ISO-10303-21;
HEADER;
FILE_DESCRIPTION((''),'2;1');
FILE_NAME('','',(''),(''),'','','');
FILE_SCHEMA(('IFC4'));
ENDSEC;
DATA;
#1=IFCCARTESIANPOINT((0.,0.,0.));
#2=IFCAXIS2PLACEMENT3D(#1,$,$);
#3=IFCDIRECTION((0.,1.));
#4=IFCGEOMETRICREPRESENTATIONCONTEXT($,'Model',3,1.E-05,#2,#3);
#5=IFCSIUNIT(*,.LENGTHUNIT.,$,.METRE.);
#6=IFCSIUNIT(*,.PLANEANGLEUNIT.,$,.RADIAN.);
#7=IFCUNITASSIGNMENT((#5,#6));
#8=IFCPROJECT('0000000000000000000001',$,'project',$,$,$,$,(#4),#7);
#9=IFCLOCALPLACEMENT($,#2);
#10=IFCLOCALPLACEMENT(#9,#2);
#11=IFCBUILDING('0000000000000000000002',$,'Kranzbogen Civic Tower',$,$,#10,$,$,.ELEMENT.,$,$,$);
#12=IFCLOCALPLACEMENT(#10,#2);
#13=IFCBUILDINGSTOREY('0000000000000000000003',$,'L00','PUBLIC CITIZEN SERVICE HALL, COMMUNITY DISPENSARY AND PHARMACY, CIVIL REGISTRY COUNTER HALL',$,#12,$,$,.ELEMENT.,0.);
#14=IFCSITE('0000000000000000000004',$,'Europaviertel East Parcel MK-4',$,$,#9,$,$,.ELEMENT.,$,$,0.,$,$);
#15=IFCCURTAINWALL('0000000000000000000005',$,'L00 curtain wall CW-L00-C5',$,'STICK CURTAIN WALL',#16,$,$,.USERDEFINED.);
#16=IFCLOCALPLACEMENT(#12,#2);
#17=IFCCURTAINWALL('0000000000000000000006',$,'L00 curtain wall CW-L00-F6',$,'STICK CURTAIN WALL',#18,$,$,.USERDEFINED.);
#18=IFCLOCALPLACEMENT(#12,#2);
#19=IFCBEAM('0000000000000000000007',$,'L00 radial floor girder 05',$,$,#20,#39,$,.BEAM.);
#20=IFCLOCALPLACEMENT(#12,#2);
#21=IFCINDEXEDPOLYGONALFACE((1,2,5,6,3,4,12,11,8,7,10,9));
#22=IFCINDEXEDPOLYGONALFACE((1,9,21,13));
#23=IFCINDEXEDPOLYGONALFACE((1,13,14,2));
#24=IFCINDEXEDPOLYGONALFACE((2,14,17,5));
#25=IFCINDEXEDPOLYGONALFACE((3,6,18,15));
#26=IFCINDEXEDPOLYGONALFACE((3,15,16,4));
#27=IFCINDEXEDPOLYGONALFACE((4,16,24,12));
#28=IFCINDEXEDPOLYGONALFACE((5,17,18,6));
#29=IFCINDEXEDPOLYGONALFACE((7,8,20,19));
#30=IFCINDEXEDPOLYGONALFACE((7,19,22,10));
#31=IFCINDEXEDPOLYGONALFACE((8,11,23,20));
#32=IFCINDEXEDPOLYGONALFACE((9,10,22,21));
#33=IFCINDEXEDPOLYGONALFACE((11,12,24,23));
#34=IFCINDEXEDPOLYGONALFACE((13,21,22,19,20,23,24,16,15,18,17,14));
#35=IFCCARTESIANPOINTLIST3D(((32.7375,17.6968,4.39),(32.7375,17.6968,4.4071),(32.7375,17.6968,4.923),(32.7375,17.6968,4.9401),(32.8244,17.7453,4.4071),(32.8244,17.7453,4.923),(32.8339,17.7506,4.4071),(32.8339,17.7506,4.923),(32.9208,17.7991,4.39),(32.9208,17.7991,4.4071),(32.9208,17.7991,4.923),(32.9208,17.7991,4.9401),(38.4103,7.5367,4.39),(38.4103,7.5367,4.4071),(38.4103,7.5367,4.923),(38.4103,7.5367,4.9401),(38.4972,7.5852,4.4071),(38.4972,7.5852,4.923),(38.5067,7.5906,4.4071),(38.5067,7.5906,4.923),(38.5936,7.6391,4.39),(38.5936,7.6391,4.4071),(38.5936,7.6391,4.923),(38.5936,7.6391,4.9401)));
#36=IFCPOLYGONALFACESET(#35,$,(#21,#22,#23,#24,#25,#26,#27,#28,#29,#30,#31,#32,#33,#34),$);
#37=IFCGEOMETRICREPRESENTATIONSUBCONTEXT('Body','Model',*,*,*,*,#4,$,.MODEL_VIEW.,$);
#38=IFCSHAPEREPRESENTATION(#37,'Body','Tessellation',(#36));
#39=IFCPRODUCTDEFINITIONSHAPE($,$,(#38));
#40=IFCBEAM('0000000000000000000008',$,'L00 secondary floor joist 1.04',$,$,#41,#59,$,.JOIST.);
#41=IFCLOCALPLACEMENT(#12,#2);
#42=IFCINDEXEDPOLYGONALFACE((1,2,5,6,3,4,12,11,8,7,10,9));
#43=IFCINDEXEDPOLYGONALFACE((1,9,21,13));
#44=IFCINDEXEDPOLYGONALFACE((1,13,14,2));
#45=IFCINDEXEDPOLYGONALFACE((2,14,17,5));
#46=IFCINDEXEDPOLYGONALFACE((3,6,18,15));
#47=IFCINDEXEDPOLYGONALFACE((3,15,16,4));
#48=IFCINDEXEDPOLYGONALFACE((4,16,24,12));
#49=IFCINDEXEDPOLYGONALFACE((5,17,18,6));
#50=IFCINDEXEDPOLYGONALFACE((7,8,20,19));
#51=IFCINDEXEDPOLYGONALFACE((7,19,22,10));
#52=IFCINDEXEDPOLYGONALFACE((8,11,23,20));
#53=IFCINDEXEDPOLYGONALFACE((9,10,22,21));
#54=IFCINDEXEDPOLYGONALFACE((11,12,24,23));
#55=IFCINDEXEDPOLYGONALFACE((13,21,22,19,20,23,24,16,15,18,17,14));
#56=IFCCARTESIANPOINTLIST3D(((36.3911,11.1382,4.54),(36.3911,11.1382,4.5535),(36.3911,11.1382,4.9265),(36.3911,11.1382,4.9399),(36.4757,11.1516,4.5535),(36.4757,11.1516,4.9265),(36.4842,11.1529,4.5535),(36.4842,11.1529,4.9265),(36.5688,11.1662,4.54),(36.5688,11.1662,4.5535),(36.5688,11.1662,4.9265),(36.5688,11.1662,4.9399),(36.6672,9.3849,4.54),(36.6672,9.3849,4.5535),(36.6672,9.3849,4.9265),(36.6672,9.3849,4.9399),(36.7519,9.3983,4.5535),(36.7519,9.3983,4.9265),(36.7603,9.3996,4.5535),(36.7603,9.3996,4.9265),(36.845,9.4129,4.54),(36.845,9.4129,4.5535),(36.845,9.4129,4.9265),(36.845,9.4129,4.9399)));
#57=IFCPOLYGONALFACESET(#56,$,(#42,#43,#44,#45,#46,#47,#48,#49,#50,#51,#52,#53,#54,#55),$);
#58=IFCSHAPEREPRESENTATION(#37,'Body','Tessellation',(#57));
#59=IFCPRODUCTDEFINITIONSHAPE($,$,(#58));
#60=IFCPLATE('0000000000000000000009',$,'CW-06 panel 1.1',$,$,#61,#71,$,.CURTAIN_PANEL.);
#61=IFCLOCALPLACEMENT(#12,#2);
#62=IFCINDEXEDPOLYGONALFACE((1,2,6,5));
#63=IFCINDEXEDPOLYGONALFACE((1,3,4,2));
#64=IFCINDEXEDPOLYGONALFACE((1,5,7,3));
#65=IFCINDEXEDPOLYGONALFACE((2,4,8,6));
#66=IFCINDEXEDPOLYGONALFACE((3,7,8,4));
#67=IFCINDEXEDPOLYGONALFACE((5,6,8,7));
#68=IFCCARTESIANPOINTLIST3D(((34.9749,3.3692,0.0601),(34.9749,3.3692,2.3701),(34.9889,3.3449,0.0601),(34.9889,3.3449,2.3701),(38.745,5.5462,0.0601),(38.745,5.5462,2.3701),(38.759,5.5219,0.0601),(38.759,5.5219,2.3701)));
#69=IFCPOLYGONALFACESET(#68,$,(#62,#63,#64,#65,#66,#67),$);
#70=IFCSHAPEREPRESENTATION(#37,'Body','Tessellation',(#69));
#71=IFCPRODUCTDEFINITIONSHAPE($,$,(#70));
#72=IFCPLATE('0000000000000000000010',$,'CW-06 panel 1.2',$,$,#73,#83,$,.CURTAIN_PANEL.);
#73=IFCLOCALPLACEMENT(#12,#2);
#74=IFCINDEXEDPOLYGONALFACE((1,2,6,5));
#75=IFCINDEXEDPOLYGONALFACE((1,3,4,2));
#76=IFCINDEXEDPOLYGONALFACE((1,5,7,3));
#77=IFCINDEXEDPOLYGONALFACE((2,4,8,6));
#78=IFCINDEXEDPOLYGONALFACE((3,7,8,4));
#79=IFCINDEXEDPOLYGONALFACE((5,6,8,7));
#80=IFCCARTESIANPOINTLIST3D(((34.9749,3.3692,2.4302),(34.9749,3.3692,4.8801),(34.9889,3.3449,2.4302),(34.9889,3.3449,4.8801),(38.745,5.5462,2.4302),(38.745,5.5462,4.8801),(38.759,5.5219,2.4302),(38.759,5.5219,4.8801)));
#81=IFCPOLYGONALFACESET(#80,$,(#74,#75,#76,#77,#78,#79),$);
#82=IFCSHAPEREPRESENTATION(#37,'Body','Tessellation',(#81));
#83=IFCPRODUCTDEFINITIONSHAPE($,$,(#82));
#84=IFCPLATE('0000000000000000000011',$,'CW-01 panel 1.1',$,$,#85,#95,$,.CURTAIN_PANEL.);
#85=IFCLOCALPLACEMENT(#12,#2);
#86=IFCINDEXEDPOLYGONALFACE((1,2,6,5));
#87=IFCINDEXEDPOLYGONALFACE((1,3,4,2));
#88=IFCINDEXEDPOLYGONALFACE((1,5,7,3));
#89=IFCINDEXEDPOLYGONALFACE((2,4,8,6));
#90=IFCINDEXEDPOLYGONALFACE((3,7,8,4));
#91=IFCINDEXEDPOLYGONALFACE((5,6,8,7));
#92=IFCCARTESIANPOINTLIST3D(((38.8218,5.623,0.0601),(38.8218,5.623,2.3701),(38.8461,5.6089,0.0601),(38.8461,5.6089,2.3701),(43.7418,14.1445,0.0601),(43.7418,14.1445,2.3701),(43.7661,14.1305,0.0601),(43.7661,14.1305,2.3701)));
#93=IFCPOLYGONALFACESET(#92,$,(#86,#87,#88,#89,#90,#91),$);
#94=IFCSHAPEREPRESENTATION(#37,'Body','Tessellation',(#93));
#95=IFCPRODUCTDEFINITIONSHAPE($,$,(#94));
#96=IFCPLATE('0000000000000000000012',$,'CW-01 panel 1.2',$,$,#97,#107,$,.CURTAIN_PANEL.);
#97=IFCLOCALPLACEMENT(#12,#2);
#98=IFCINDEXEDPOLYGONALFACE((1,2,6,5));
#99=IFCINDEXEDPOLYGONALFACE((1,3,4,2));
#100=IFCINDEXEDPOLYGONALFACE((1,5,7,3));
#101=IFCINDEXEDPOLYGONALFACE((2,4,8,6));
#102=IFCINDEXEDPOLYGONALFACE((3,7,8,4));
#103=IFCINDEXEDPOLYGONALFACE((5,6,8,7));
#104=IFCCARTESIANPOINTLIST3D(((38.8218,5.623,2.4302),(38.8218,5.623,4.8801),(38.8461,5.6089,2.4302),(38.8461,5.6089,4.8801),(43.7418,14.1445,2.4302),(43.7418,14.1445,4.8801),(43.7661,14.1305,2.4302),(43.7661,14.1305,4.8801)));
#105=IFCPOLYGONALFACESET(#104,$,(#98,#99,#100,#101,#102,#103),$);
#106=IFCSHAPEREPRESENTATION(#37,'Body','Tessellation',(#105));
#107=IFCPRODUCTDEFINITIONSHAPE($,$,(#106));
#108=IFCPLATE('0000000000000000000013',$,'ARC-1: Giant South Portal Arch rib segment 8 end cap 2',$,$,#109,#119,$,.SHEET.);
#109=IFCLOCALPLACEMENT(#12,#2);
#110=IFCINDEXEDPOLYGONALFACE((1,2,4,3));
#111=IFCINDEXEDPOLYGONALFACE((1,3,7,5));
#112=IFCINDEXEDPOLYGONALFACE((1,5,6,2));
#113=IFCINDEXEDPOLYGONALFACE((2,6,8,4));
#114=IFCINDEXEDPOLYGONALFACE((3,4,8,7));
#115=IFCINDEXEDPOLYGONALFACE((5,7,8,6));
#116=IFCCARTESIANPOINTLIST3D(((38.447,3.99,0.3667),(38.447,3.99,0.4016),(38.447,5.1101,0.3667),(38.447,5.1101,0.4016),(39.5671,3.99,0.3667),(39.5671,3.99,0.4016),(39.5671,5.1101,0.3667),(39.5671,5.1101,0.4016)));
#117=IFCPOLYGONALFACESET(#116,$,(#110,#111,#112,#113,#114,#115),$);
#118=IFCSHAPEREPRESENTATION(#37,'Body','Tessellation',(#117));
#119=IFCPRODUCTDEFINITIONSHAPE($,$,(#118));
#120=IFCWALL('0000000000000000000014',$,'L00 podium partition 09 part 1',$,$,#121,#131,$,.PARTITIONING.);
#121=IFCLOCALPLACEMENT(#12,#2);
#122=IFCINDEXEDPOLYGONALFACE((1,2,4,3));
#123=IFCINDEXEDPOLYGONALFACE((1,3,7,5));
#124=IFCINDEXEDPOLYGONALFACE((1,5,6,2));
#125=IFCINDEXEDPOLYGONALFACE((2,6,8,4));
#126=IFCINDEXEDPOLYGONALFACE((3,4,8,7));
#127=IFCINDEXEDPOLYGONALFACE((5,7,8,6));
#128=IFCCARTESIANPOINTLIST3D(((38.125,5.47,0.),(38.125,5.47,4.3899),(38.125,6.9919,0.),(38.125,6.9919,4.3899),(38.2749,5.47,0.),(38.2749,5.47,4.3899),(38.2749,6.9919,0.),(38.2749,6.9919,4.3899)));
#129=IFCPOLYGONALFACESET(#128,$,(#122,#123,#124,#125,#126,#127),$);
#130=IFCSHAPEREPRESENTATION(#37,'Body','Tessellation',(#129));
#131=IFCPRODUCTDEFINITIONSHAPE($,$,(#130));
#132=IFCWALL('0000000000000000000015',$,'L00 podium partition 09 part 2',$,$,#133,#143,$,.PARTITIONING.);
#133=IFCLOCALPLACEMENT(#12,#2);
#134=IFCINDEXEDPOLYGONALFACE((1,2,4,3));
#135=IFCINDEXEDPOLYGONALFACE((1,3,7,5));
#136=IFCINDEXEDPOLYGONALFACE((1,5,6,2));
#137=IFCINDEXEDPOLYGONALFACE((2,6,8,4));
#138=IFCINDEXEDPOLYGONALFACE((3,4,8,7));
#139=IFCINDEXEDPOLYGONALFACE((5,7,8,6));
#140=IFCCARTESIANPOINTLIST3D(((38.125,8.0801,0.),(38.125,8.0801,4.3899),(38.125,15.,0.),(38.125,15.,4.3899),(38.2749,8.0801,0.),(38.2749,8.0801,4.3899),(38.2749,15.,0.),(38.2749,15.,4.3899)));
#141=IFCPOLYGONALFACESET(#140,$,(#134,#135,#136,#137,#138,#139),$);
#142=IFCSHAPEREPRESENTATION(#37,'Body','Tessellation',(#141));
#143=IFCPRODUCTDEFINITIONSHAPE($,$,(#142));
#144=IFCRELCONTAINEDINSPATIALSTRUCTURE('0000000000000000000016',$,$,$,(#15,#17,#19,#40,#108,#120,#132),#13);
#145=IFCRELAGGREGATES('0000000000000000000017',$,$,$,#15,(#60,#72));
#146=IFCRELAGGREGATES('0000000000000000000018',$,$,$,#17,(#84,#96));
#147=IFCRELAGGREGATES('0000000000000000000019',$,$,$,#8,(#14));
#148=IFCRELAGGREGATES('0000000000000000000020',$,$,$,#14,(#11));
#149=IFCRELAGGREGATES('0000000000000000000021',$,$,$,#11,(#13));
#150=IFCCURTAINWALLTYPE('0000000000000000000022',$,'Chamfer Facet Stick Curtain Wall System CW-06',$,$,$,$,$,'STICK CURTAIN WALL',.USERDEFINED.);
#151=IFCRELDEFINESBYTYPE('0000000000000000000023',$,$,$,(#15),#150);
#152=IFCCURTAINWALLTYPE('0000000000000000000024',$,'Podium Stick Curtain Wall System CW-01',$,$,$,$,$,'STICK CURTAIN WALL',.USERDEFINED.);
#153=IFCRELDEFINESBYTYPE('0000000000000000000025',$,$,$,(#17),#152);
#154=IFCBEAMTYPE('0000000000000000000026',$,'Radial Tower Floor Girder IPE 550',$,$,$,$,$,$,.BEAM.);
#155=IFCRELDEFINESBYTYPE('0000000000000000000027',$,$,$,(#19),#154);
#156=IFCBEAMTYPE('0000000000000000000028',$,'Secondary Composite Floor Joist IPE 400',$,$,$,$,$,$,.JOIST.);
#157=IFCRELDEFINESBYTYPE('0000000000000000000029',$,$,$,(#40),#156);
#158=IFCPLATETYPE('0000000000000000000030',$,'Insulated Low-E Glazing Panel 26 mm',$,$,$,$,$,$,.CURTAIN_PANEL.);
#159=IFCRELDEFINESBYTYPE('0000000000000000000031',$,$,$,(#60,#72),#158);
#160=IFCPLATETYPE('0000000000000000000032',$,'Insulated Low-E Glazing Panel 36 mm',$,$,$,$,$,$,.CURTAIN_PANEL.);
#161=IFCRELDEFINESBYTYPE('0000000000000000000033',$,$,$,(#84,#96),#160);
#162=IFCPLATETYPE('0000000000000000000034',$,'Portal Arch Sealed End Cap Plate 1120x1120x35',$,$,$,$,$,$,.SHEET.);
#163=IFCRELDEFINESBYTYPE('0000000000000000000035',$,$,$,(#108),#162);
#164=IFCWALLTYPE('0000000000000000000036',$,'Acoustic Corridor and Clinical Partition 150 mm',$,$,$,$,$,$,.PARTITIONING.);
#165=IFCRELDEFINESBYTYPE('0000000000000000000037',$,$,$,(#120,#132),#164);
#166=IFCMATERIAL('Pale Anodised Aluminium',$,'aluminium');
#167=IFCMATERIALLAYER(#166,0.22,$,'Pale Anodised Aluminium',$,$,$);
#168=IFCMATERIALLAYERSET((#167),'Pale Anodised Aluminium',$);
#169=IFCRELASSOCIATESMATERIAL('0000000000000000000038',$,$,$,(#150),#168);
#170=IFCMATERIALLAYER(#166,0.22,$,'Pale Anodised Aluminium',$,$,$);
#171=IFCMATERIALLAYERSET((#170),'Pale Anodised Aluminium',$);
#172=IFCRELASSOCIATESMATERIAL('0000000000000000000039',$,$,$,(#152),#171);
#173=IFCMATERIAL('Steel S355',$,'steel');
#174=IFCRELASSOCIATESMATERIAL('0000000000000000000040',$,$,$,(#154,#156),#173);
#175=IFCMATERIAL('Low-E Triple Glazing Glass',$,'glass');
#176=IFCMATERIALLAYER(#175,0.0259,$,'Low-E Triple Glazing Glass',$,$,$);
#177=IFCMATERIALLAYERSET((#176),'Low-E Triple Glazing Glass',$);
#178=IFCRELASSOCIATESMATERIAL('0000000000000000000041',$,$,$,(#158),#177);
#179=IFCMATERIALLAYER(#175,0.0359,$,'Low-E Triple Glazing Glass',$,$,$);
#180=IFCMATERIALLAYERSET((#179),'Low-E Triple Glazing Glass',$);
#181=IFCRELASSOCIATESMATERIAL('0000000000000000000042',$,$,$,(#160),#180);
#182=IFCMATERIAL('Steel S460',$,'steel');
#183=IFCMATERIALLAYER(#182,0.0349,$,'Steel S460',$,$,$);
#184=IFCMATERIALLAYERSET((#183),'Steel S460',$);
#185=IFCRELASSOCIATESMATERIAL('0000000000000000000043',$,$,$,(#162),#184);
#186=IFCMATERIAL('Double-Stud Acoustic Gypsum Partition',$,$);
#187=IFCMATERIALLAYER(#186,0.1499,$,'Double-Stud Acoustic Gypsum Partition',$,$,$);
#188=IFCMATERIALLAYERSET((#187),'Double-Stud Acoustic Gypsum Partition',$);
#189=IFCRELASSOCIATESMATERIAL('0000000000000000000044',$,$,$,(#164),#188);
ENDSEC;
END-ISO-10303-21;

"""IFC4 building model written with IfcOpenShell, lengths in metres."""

from ifc_helpers import new_model, si_unit, direction, frame, frame_2d, origin, origin_2d, place, context, subcontext, project, spatial, rectangle, i_section, extrude, material, layer, layer_set, material_profile, profile_set, type_object, element, aggregate, save


model = new_model("IFC4")

# Units and contexts
model_context = context("Model", 3, precision=1e-05, world=origin(), true_north=direction((0.0, 1.0)))
body_context = subcontext(model_context, "Body", "Model", "MODEL_VIEW")
ifc_project = project(units=[si_unit("LENGTHUNIT", "METRE"), si_unit("PLANEANGLEUNIT", "RADIAN")], contexts=[model_context])

# Site, building, storey
site_placement = place(None, origin())
site = spatial("IfcSite", under=ifc_project, at=site_placement, Name="Europaviertel East Parcel MK-4", CompositionType="ELEMENT", RefElevation=0.0)
building_placement = place(site_placement, origin())
building = spatial("IfcBuilding", under=site, at=building_placement, Name="Kranzbogen Civic Tower", CompositionType="ELEMENT")
storey_placement = place(building_placement, origin())
storey = spatial("IfcBuildingStorey", under=building, at=storey_placement, Name="L00", Description="PUBLIC CITIZEN SERVICE HALL, COMMUNITY DISPENSARY AND PHARMACY, CIVIL REGISTRY COUNTER HALL", CompositionType="ELEMENT", Elevation=0.0)

# Shared definitions
ifc_material_1 = material(Name="Steel S460", Category="steel")

# Curtain wall
ifc_material_2 = material(Name="Pale Anodised Aluminium", Category="aluminium")
ifc_layer_1 = layer(ifc_material_2, 0.22, Name="Pale Anodised Aluminium")
ifc_layer_set_1 = layer_set([ifc_layer_1], Name="Pale Anodised Aluminium")
curtain_wall_type_1 = type_object("IfcCurtainWallType", Name="Chamfer Facet Stick Curtain Wall System CW-06", ElementType="STICK CURTAIN WALL", PredefinedType="USERDEFINED", material=ifc_layer_set_1)
curtain_wall_1_placement = place(storey_placement, origin())
curtain_wall_1 = element("IfcCurtainWall", 1, at=curtain_wall_1_placement, inside=storey, type_object=curtain_wall_type_1, Name="L00 curtain wall CW-L00-C5", ObjectType="STICK CURTAIN WALL", PredefinedType="USERDEFINED")

# Curtain wall
ifc_layer_2 = layer(ifc_material_2, 0.22, Name="Pale Anodised Aluminium")
ifc_layer_set_2 = layer_set([ifc_layer_2], Name="Pale Anodised Aluminium")
curtain_wall_type_2 = type_object("IfcCurtainWallType", Name="Podium Stick Curtain Wall System CW-01", ElementType="STICK CURTAIN WALL", PredefinedType="USERDEFINED", material=ifc_layer_set_2)
curtain_wall_2_placement = place(storey_placement, origin())
curtain_wall_2 = element("IfcCurtainWall", 2, at=curtain_wall_2_placement, inside=storey, type_object=curtain_wall_type_2, Name="L00 curtain wall CW-L00-F6", ObjectType="STICK CURTAIN WALL", PredefinedType="USERDEFINED")

# Shared definitions
ifc_material_3 = material(Name="Steel S355", Category="steel")

# Beams
ifc_material_profile_1 = material_profile(ifc_material_3, i_section(OverallWidth=0.21, OverallDepth=0.55, WebThickness=0.011, FlangeThickness=0.0171, at=origin_2d()), Name="IPE 550")
ifc_profile_set_1 = profile_set([ifc_material_profile_1], Name="Steel S355")
beam_type_1 = type_object("IfcBeamType", Name="Radial Tower Floor Girder IPE 550", PredefinedType="BEAM", material=ifc_profile_set_1)
beam_1_placement = place(storey_placement, frame((38.502, 7.5879, 4.665), z_axis=(-0.487502, 0.873122, 0.0), x_axis=(-0.873122, -0.487502, 0.0)))
element("IfcBeam", 3, at=beam_1_placement, inside=storey, type_object=beam_type_1, Name="L00 radial floor girder 05", PredefinedType="BEAM", context=body_context, shape_type="SweptSolid", body=[
    extrude(i_section(OverallWidth=0.21, OverallDepth=0.55, WebThickness=0.011, FlangeThickness=0.0171, at=origin_2d()), origin(), (0.0, 0.0, 1.0), 11.6365),
])
ifc_material_profile_2 = material_profile(ifc_material_3, i_section(OverallWidth=0.1799, OverallDepth=0.3999, WebThickness=0.0085, FlangeThickness=0.0134, at=origin_2d()), Name="IPE 400")
ifc_profile_set_2 = profile_set([ifc_material_profile_2], Name="Steel S355")
beam_type_2 = type_object("IfcBeamType", Name="Secondary Composite Floor Joist IPE 400", PredefinedType="JOIST", material=ifc_profile_set_2)
beam_2_placement = place(storey_placement, frame((36.7561, 9.3989, 4.74), z_axis=(-0.155581, 0.987823, 0.0), x_axis=(-0.987823, -0.155581, 0.0)))
element("IfcBeam", 4, at=beam_2_placement, inside=storey, type_object=beam_type_2, Name="L00 secondary floor joist 1.04", PredefinedType="JOIST", context=body_context, shape_type="SweptSolid", body=[
    extrude(i_section(OverallWidth=0.1799, OverallDepth=0.3999, WebThickness=0.0085, FlangeThickness=0.0134, at=origin_2d()), origin(), (0.0, 0.0, 1.0), 1.7749),
])

# Plates
ifc_material_4 = material(Name="Low-E Triple Glazing Glass", Category="glass")
ifc_layer_3 = layer(ifc_material_4, 0.0259, Name="Low-E Triple Glazing Glass")
ifc_layer_set_3 = layer_set([ifc_layer_3], Name="Low-E Triple Glazing Glass")
plate_type_1 = type_object("IfcPlateType", Name="Insulated Low-E Glazing Panel 26 mm", PredefinedType="CURTAIN_PANEL", material=ifc_layer_set_3)
plate_1_placement = place(storey_placement, frame((36.8669, 4.4456, 0.0601), z_axis=(0.0, 0.0, 1.0), x_axis=(0.865992, 0.500058, 0.0)))
plate_1 = element("IfcPlate", 5, at=plate_1_placement, type_object=plate_type_1, Name="CW-06 panel 1.1", PredefinedType="CURTAIN_PANEL", context=body_context, shape_type="SweptSolid", body=[
    extrude(rectangle(XDim=4.3535, YDim=0.0281, at=origin_2d()), origin(), (0.0, 0.0, 1.0), 2.3101),
])
plate_2_placement = place(storey_placement, frame((36.8669, 4.4456, 2.4302), z_axis=(0.0, 0.0, 1.0), x_axis=(0.865992, 0.500058, 0.0)))
plate_2 = element("IfcPlate", 6, at=plate_2_placement, type_object=plate_type_1, Name="CW-06 panel 1.2", PredefinedType="CURTAIN_PANEL", context=body_context, shape_type="SweptSolid", body=[
    extrude(rectangle(XDim=4.3535, YDim=0.0281, at=origin_2d()), origin(), (0.0, 0.0, 1.0), 2.45),
])
aggregate(curtain_wall_1, [plate_1, plate_2])
ifc_layer_4 = layer(ifc_material_4, 0.0359, Name="Low-E Triple Glazing Glass")
ifc_layer_set_4 = layer_set([ifc_layer_4], Name="Low-E Triple Glazing Glass")
plate_type_2 = type_object("IfcPlateType", Name="Insulated Low-E Glazing Panel 36 mm", PredefinedType="CURTAIN_PANEL", material=ifc_layer_set_4)
plate_3_placement = place(storey_placement, frame((41.2939, 9.8767, 0.0601), z_axis=(0.0, 0.0, 1.0), x_axis=(0.500006, 0.866022, 0.0)))
plate_3 = element("IfcPlate", 7, at=plate_3_placement, type_object=plate_type_2, Name="CW-01 panel 1.1", PredefinedType="CURTAIN_PANEL", context=body_context, shape_type="SweptSolid", body=[
    extrude(rectangle(XDim=9.8398, YDim=0.0281, at=origin_2d()), origin(), (0.0, 0.0, 1.0), 2.3101),
])
plate_4_placement = place(storey_placement, frame((41.2939, 9.8767, 2.4302), z_axis=(0.0, 0.0, 1.0), x_axis=(0.500006, 0.866022, 0.0)))
plate_4 = element("IfcPlate", 8, at=plate_4_placement, type_object=plate_type_2, Name="CW-01 panel 1.2", PredefinedType="CURTAIN_PANEL", context=body_context, shape_type="SweptSolid", body=[
    extrude(rectangle(XDim=9.8398, YDim=0.0281, at=origin_2d()), origin(), (0.0, 0.0, 1.0), 2.45),
])
aggregate(curtain_wall_2, [plate_3, plate_4])
ifc_layer_5 = layer(ifc_material_1, 0.0349, Name="Steel S460")
ifc_layer_set_5 = layer_set([ifc_layer_5], Name="Steel S460")
plate_type_3 = type_object("IfcPlateType", Name="Portal Arch Sealed End Cap Plate 1120x1120x35", PredefinedType="SHEET", material=ifc_layer_set_5)
plate_5_placement = place(storey_placement, frame((39.0071, 4.55, 0.3667), z_axis=(0.0, 0.0, 1.0), x_axis=(1.0, 0.0, 0.0)))
element("IfcPlate", 9, at=plate_5_placement, inside=storey, type_object=plate_type_3, Name="ARC-1: Giant South Portal Arch rib segment 8 end cap 2", PredefinedType="SHEET", context=body_context, shape_type="SweptSolid", body=[
    extrude(rectangle(XDim=1.1201, YDim=1.1201, at=origin_2d()), origin(), (0.0, 0.0, 1.0), 0.0349),
])

# Walls
ifc_material_5 = material(Name="Double-Stud Acoustic Gypsum Partition")
ifc_layer_6 = layer(ifc_material_5, 0.1499, Name="Double-Stud Acoustic Gypsum Partition")
ifc_layer_set_6 = layer_set([ifc_layer_6], Name="Double-Stud Acoustic Gypsum Partition")
wall_type_1 = type_object("IfcWallType", Name="Acoustic Corridor and Clinical Partition 150 mm", PredefinedType="PARTITIONING", material=ifc_layer_set_6)
wall_1_placement = place(storey_placement, frame((38.2, 5.47, 0.0), z_axis=(0.0, 0.0, 1.0), x_axis=(0.0, 1.0, 0.0)))
element("IfcWall", 10, at=wall_1_placement, inside=storey, type_object=wall_type_1, Name="L00 podium partition 09 part 1", PredefinedType="PARTITIONING", context=body_context, shape_type="SweptSolid", body=[
    extrude(rectangle(XDim=1.522, YDim=0.1499, at=frame_2d((0.761, 0.0))), origin(), (0.0, 0.0, 1.0), 4.3899),
])
wall_2_placement = place(storey_placement, frame((38.2, 8.0801, 0.0), z_axis=(0.0, 0.0, 1.0), x_axis=(0.0, 1.0, 0.0)))
element("IfcWall", 11, at=wall_2_placement, inside=storey, type_object=wall_type_1, Name="L00 podium partition 09 part 2", PredefinedType="PARTITIONING", context=body_context, shape_type="SweptSolid", body=[
    extrude(rectangle(XDim=6.9199, YDim=0.1499, at=frame_2d((3.46, 0.0))), origin(), (0.0, 0.0, 1.0), 4.3899),
])

save(model, "model.ifc")
